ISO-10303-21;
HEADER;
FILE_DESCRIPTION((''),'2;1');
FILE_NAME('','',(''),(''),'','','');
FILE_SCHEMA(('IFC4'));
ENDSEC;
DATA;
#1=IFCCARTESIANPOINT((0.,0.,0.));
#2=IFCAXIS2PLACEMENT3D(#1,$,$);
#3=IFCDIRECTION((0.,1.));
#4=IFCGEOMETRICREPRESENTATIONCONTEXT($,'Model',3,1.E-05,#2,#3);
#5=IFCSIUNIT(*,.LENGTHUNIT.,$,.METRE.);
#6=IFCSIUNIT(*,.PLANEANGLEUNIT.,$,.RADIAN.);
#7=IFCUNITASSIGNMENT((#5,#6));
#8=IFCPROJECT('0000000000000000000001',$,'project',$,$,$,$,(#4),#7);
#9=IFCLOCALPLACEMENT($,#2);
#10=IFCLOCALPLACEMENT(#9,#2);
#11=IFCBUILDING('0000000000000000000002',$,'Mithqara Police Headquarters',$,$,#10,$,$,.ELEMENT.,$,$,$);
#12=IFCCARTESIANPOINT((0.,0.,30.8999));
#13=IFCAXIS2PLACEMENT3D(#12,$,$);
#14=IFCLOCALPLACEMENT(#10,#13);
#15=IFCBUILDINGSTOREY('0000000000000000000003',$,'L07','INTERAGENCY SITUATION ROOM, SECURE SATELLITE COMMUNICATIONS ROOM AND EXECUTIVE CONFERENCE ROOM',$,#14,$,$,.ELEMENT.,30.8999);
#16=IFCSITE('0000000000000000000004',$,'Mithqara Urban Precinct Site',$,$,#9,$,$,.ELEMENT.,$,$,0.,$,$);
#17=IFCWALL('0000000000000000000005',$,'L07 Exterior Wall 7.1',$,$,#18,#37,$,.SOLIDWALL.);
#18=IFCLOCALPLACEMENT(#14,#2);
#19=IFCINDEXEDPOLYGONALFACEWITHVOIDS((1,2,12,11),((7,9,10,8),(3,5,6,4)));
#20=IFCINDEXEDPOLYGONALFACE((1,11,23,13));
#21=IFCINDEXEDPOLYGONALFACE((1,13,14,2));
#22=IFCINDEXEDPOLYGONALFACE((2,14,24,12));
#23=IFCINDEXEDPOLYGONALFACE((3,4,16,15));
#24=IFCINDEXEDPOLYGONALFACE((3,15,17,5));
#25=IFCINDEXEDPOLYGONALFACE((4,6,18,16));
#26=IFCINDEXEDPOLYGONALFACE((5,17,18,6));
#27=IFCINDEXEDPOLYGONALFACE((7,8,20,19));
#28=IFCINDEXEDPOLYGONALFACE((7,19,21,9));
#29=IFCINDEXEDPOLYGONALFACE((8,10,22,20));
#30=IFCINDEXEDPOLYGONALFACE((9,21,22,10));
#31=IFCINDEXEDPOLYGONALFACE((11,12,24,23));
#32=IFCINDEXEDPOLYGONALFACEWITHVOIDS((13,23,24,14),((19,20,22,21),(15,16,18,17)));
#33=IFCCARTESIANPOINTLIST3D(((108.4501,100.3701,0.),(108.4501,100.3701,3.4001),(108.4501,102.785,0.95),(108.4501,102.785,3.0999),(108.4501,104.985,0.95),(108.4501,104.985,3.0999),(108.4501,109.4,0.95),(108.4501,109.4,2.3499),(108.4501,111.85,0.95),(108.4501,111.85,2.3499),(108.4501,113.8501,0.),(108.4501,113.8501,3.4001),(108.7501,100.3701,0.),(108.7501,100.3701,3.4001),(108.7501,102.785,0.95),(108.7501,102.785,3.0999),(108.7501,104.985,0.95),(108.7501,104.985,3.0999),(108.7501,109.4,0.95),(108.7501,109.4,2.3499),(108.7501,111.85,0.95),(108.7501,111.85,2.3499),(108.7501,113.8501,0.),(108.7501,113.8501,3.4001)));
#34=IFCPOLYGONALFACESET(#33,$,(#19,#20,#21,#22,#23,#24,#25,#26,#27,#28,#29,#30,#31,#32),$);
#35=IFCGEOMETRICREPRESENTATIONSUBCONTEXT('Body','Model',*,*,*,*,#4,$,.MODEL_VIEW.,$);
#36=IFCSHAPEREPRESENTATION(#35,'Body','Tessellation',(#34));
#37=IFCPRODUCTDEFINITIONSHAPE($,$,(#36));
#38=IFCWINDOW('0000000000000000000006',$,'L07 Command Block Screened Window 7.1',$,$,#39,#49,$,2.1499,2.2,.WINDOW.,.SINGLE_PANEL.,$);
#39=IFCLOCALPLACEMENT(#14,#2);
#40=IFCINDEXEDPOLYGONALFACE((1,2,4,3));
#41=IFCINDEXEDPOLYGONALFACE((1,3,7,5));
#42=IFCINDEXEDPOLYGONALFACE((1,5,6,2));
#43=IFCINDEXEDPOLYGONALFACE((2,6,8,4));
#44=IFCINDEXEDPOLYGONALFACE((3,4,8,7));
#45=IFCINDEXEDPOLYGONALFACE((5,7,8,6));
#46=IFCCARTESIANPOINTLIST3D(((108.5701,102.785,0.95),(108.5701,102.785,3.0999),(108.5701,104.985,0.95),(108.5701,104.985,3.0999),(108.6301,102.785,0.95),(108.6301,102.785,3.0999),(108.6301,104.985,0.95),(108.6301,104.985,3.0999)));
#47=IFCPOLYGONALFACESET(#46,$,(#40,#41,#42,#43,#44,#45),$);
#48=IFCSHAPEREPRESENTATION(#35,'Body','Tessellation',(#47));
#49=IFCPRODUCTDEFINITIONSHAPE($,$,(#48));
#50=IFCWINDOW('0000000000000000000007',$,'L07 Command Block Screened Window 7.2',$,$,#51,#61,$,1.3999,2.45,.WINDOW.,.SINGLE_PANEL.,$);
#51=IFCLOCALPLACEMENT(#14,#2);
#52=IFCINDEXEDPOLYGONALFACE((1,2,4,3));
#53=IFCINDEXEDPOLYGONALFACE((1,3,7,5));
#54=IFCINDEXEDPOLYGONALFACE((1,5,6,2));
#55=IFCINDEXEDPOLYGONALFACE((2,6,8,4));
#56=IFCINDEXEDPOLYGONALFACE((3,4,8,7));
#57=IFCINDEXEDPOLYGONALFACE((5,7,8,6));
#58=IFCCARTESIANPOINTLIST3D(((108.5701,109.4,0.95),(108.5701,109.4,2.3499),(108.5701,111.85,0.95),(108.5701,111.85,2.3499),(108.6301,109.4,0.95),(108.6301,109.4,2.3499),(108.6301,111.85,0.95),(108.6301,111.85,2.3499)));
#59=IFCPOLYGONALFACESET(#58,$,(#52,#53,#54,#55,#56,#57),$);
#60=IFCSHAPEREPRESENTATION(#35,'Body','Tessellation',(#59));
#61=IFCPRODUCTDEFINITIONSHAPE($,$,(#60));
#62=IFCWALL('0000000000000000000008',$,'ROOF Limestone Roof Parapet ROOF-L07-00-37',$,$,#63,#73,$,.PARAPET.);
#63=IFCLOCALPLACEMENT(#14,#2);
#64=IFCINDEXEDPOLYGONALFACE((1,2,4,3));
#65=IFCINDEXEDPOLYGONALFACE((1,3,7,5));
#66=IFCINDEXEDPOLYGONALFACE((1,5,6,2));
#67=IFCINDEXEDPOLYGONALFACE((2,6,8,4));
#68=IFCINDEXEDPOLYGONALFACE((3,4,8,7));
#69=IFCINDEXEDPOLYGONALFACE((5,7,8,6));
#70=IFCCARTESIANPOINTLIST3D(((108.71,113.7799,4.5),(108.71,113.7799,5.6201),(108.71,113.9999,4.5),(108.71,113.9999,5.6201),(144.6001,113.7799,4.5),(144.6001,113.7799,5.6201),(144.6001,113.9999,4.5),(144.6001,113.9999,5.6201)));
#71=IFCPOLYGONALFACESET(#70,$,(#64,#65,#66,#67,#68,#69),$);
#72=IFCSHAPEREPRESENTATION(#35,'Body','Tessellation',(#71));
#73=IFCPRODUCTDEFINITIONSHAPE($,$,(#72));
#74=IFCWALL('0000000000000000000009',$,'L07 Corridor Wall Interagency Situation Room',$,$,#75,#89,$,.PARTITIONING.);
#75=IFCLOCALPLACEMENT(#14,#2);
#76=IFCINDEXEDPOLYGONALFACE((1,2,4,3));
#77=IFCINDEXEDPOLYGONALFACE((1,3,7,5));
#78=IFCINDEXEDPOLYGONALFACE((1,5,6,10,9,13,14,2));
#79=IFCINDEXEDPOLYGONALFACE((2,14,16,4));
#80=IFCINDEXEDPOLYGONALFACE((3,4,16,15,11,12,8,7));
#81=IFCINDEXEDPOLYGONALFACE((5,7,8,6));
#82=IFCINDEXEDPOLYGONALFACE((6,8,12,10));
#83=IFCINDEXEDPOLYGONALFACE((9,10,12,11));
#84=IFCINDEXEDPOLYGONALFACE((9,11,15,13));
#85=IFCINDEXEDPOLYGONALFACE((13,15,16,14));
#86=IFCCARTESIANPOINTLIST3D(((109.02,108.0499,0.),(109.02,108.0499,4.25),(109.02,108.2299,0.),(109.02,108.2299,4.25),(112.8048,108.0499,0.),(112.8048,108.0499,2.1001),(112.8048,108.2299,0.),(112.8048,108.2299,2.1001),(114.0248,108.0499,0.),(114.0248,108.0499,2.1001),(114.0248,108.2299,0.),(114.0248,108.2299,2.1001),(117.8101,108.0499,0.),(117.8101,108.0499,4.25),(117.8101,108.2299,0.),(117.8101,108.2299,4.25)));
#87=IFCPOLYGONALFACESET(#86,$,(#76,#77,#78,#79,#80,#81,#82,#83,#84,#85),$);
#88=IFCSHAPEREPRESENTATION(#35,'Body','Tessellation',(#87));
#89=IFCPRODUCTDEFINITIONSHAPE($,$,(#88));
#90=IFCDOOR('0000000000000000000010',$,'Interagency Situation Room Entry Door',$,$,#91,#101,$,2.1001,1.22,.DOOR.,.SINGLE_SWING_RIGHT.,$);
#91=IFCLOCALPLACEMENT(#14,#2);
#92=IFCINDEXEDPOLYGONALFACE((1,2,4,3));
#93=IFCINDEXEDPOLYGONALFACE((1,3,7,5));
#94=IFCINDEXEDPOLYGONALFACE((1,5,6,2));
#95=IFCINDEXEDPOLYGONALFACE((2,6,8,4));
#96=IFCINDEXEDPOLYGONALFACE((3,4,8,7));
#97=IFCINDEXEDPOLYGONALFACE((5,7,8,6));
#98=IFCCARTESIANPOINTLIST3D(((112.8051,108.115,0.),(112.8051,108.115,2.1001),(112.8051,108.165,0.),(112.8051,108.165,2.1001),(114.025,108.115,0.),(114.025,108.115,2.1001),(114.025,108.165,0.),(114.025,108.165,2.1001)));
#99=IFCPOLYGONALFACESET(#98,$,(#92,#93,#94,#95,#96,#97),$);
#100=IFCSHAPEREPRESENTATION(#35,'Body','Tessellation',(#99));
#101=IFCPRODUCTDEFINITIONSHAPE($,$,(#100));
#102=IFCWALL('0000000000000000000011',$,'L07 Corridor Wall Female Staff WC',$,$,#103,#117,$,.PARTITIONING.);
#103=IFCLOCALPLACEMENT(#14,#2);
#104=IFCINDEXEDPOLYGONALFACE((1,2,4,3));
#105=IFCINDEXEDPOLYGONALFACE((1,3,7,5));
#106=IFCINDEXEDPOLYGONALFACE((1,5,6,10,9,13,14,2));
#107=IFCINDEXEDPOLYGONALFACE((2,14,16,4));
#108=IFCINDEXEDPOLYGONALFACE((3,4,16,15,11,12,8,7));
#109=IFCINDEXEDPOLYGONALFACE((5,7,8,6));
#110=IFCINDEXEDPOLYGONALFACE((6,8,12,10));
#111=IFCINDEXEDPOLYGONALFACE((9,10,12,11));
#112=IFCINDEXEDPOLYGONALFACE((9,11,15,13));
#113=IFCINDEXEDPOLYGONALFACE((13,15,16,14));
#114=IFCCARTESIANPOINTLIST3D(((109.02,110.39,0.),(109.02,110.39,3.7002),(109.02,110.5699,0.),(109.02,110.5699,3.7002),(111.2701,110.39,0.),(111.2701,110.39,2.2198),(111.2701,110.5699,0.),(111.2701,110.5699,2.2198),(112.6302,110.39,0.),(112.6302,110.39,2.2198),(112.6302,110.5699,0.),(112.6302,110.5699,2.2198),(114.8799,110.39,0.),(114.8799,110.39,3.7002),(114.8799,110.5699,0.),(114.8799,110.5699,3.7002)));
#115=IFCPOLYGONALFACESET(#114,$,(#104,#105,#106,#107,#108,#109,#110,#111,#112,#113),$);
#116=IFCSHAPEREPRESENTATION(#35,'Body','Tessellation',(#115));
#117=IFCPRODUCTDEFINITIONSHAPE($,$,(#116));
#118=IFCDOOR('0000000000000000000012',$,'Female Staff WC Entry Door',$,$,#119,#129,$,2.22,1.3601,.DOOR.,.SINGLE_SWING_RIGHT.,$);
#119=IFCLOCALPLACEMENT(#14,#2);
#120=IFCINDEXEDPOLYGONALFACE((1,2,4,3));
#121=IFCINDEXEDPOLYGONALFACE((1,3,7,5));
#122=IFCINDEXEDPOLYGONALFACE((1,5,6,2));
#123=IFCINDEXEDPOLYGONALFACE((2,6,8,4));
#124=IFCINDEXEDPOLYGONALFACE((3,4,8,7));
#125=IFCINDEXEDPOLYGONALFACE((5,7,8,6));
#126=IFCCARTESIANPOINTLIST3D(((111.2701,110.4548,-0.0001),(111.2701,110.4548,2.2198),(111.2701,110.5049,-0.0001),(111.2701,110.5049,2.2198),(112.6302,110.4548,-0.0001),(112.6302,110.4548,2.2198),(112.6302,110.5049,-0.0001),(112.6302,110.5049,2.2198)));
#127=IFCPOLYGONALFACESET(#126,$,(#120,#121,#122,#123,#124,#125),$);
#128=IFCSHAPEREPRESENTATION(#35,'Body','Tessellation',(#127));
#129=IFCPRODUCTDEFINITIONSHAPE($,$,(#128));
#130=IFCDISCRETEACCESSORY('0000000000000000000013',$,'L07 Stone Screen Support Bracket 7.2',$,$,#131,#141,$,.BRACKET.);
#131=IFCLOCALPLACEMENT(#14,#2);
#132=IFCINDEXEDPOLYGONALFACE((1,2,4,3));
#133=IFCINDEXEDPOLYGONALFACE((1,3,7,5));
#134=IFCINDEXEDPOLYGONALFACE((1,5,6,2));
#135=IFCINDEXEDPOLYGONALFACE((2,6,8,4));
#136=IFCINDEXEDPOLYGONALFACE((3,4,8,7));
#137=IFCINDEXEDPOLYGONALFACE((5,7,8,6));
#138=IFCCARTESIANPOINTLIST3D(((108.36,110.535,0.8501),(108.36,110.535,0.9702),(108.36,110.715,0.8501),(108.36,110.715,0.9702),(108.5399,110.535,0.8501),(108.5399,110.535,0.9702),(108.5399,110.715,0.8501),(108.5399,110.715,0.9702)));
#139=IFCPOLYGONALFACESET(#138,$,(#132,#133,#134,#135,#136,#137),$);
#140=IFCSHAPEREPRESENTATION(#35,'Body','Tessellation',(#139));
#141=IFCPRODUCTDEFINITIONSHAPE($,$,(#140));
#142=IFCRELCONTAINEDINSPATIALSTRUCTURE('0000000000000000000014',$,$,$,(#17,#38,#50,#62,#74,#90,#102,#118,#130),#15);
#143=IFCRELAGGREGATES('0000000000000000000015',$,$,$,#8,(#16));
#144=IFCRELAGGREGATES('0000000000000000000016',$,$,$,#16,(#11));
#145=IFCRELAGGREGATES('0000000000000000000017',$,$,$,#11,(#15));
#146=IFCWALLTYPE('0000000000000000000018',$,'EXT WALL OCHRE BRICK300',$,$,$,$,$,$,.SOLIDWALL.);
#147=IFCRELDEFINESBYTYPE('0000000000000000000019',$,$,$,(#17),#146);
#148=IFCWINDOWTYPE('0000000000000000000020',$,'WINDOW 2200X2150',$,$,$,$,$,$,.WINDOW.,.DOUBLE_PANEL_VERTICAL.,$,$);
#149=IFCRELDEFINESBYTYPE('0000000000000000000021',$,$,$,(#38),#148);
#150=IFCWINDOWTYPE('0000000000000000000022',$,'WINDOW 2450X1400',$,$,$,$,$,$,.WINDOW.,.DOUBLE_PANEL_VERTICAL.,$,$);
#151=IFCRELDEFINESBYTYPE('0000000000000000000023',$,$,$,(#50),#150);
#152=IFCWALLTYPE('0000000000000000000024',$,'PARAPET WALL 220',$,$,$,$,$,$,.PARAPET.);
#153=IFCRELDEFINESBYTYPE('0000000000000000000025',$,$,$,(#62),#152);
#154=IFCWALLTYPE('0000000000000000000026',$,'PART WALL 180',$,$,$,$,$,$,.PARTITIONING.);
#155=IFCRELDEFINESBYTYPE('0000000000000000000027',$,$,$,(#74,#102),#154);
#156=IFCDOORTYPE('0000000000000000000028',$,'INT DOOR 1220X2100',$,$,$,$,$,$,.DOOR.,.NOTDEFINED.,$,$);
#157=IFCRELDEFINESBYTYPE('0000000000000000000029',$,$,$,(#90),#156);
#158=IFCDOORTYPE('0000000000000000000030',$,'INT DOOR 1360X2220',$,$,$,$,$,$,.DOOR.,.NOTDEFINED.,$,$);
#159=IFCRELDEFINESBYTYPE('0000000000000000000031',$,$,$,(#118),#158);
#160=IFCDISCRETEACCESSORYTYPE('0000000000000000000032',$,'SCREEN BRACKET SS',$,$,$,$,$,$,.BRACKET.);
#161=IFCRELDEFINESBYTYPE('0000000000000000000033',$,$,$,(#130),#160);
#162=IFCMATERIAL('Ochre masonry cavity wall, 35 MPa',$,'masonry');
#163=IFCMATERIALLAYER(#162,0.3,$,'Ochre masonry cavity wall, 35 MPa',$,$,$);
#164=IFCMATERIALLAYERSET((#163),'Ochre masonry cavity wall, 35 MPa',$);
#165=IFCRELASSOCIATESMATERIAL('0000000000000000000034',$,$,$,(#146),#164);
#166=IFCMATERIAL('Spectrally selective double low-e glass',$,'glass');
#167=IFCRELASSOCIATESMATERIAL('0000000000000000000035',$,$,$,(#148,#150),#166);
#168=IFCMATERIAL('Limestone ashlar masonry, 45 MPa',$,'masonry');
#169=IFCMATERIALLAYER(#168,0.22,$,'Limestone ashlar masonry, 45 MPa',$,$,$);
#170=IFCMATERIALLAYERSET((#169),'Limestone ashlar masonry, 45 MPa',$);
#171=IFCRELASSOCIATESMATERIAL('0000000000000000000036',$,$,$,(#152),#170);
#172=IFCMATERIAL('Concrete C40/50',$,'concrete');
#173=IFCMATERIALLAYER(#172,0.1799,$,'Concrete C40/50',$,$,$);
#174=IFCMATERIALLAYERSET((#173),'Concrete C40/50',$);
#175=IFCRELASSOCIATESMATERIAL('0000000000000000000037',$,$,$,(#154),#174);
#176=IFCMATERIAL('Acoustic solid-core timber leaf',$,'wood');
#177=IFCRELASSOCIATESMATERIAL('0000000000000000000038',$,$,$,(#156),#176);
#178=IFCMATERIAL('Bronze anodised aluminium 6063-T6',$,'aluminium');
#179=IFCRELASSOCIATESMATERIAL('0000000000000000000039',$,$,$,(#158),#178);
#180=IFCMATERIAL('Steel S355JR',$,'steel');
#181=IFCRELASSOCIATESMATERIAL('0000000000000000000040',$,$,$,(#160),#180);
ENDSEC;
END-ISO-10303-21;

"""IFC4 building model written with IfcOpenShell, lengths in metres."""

from ifc_helpers import new_model, si_unit, direction, frame, frame_2d, origin, origin_2d, place, context, subcontext, project, spatial, rectangle, extrude, material, layer, layer_set, type_object, element, fill, save


model = new_model("IFC4")

# Units and contexts
model_context = context("Model", 3, precision=1e-05, world=origin(), true_north=direction((0.0, 1.0)))
body_context = subcontext(model_context, "Body", "Model", "MODEL_VIEW")
ifc_project = project(units=[si_unit("LENGTHUNIT", "METRE"), si_unit("PLANEANGLEUNIT", "RADIAN")], contexts=[model_context])

# Site, building, storey
site_placement = place(None, origin())
site = spatial("IfcSite", under=ifc_project, at=site_placement, Name="Mithqara Urban Precinct Site", CompositionType="ELEMENT", RefElevation=0.0)
building_placement = place(site_placement, origin())
building = spatial("IfcBuilding", under=site, at=building_placement, Name="Mithqara Police Headquarters", CompositionType="ELEMENT")
storey_placement = place(building_placement, frame((0.0, 0.0, 30.8999)))
storey = spatial("IfcBuildingStorey", under=building, at=storey_placement, Name="L07", Description="INTERAGENCY SITUATION ROOM, SECURE SATELLITE COMMUNICATIONS ROOM AND EXECUTIVE CONFERENCE ROOM", CompositionType="ELEMENT", Elevation=30.8999)

# Shared definitions
ifc_material_1 = material(Name="Steel S355JR", Category="steel")
ifc_material_2 = material(Name="Concrete C40/50", Category="concrete")

# Shared definitions
ifc_material_3 = material(Name="Limestone ashlar masonry, 45 MPa", Category="masonry")

# Wall, openings, windows
ifc_material_4 = material(Name="Ochre masonry cavity wall, 35 MPa", Category="masonry")
ifc_layer_1 = layer(ifc_material_4, 0.3, Name="Ochre masonry cavity wall, 35 MPa")
ifc_layer_set_1 = layer_set([ifc_layer_1], Name="Ochre masonry cavity wall, 35 MPa")
wall_type_1 = type_object("IfcWallType", Name="EXT WALL OCHRE BRICK300", PredefinedType="SOLIDWALL", material=ifc_layer_set_1)
wall_1_placement = place(storey_placement, frame((108.6001, 113.8501, 0.0), z_axis=(0.0, 0.0, 1.0), x_axis=(0.0, -1.0, 0.0)))
wall_1 = element("IfcWall", 1, at=wall_1_placement, inside=storey, type_object=wall_type_1, Name="L07 Exterior Wall 7.1", PredefinedType="SOLIDWALL", context=body_context, shape_type="SweptSolid", body=[
    extrude(rectangle(XDim=13.48, YDim=0.3, at=frame_2d((6.74, 0.0))), origin(), (0.0, 0.0, 1.0), 3.4001),
])
opening_1_placement = place(wall_1_placement, frame((8.865, 0.0, 0.95)))
opening_1 = element("IfcOpeningElement", 2, at=opening_1_placement, cuts=wall_1, PredefinedType="OPENING", context=body_context, shape_type="SweptSolid", body=[
    extrude(rectangle(XDim=2.2, YDim=2.1499, at=frame_2d((1.1001, 1.075))), frame((0.0, 0.1602, 0.0), z_axis=(0.0, -1.0, 0.0), x_axis=(1.0, 0.0, 0.0)), (0.0, 0.0, 1.0), 0.3201),
])
opening_2_placement = place(wall_1_placement, frame((2.0, 0.0, 0.95)))
opening_2 = element("IfcOpeningElement", 3, at=opening_2_placement, cuts=wall_1, PredefinedType="OPENING", context=body_context, shape_type="SweptSolid", body=[
    extrude(rectangle(XDim=2.45, YDim=1.3999, at=frame_2d((1.2251, 0.7))), frame((0.0, 0.1602, 0.0), z_axis=(0.0, -1.0, 0.0), x_axis=(1.0, 0.0, 0.0)), (0.0, 0.0, 1.0), 0.3201),
])
ifc_material_5 = material(Name="Spectrally selective double low-e glass", Category="glass")
window_type_1 = type_object("IfcWindowType", Name="WINDOW 2200X2150", PartitioningType="DOUBLE_PANEL_VERTICAL", PredefinedType="WINDOW", material=ifc_material_5)
window_1_placement = place(opening_1_placement, origin())
window_1 = element("IfcWindow", 4, at=window_1_placement, inside=storey, type_object=window_type_1, Name="L07 Command Block Screened Window 7.1", OverallHeight=2.1499, OverallWidth=2.2, PartitioningType="SINGLE_PANEL", PredefinedType="WINDOW", context=body_context, shape_type="SweptSolid", body=[
    extrude(rectangle(XDim=2.2, YDim=2.1499, at=frame_2d((1.1001, 1.075))), frame((0.0, 0.03, 0.0), z_axis=(0.0, -1.0, 0.0), x_axis=(1.0, 0.0, 0.0)), (0.0, 0.0, 1.0), 0.0601),
])
fill(opening_1, window_1)
window_type_2 = type_object("IfcWindowType", Name="WINDOW 2450X1400", PartitioningType="DOUBLE_PANEL_VERTICAL", PredefinedType="WINDOW", material=ifc_material_5)
window_2_placement = place(opening_2_placement, origin())
window_2 = element("IfcWindow", 5, at=window_2_placement, inside=storey, type_object=window_type_2, Name="L07 Command Block Screened Window 7.2", OverallHeight=1.3999, OverallWidth=2.45, PartitioningType="SINGLE_PANEL", PredefinedType="WINDOW", context=body_context, shape_type="SweptSolid", body=[
    extrude(rectangle(XDim=2.45, YDim=1.3999, at=frame_2d((1.2251, 0.7))), frame((0.0, 0.03, 0.0), z_axis=(0.0, -1.0, 0.0), x_axis=(1.0, 0.0, 0.0)), (0.0, 0.0, 1.0), 0.0601),
])
fill(opening_2, window_2)

# Wall
ifc_layer_2 = layer(ifc_material_3, 0.22, Name="Limestone ashlar masonry, 45 MPa")
ifc_layer_set_2 = layer_set([ifc_layer_2], Name="Limestone ashlar masonry, 45 MPa")
wall_type_2 = type_object("IfcWallType", Name="PARAPET WALL 220", PredefinedType="PARAPET", material=ifc_layer_set_2)
wall_2_placement = place(storey_placement, frame((108.71, 113.8899, 4.5), z_axis=(0.0, 0.0, 1.0), x_axis=(1.0, 0.0, 0.0)))
element("IfcWall", 6, at=wall_2_placement, inside=storey, type_object=wall_type_2, Name="ROOF Limestone Roof Parapet ROOF-L07-00-37", PredefinedType="PARAPET", context=body_context, shape_type="SweptSolid", body=[
    extrude(rectangle(XDim=35.8901, YDim=0.22, at=frame_2d((17.9451, 0.0))), origin(), (0.0, 0.0, 1.0), 1.1201),
])

# Walls, openings, doors
ifc_layer_3 = layer(ifc_material_2, 0.1799, Name="Concrete C40/50")
ifc_layer_set_3 = layer_set([ifc_layer_3], Name="Concrete C40/50")
wall_type_3 = type_object("IfcWallType", Name="PART WALL 180", PredefinedType="PARTITIONING", material=ifc_layer_set_3)
wall_3_placement = place(storey_placement, frame((109.02, 108.1399, 0.0), z_axis=(0.0, 0.0, 1.0), x_axis=(1.0, 0.0, 0.0)))
wall_3 = element("IfcWall", 7, at=wall_3_placement, inside=storey, type_object=wall_type_3, Name="L07 Corridor Wall Interagency Situation Room", PredefinedType="PARTITIONING", context=body_context, shape_type="SweptSolid", body=[
    extrude(rectangle(XDim=8.79, YDim=0.1799, at=frame_2d((4.395, 0.0))), origin(), (0.0, 0.0, 1.0), 4.25),
])
opening_3_placement = place(wall_3_placement, frame((3.7849, 0.0, 0.0)))
opening_3 = element("IfcOpeningElement", 8, at=opening_3_placement, cuts=wall_3, PredefinedType="OPENING", context=body_context, shape_type="SweptSolid", body=[
    extrude(rectangle(XDim=1.22, YDim=2.1001, at=frame_2d((0.6099, 1.05))), frame((0.0, 0.1001, 0.0), z_axis=(0.0, -1.0, 0.0), x_axis=(1.0, 0.0, 0.0)), (0.0, 0.0, 1.0), 0.2),
])
ifc_material_6 = material(Name="Acoustic solid-core timber leaf", Category="wood")
door_type_1 = type_object("IfcDoorType", Name="INT DOOR 1220X2100", OperationType="NOTDEFINED", PredefinedType="DOOR", material=ifc_material_6)
door_1_placement = place(opening_3_placement, frame((1.22, 0.0, 0.0), z_axis=(0.0, 0.0, 1.0), x_axis=(-1.0, 0.0, 0.0)))
door_1 = element("IfcDoor", 9, at=door_1_placement, inside=storey, type_object=door_type_1, Name="Interagency Situation Room Entry Door", OperationType="SINGLE_SWING_RIGHT", OverallHeight=2.1001, OverallWidth=1.22, PredefinedType="DOOR", context=body_context, shape_type="SweptSolid", body=[
    extrude(rectangle(XDim=1.22, YDim=2.1001, at=frame_2d((0.6099, 1.05))), frame((0.0, 0.0249, 0.0), z_axis=(0.0, -1.0, 0.0), x_axis=(1.0, 0.0, 0.0)), (0.0, 0.0, 1.0), 0.05),
])
fill(opening_3, door_1)
wall_4_placement = place(storey_placement, frame((109.02, 110.48, 0.0), z_axis=(0.0, 0.0, 1.0), x_axis=(1.0, 0.0, 0.0)))
wall_4 = element("IfcWall", 10, at=wall_4_placement, inside=storey, type_object=wall_type_3, Name="L07 Corridor Wall Female Staff WC", PredefinedType="PARTITIONING", context=body_context, shape_type="SweptSolid", body=[
    extrude(rectangle(XDim=5.8599, YDim=0.1799, at=frame_2d((2.9299, 0.0))), origin(), (0.0, 0.0, 1.0), 3.7002),
])
opening_4_placement = place(wall_4_placement, frame((2.25, 0.0, 0.0)))
opening_4 = element("IfcOpeningElement", 11, at=opening_4_placement, cuts=wall_4, PredefinedType="OPENING", context=body_context, shape_type="SweptSolid", body=[
    extrude(rectangle(XDim=1.3601, YDim=2.22, at=frame_2d((0.6802, 1.1099))), frame((0.0, 0.1001, 0.0), z_axis=(0.0, -1.0, 0.0), x_axis=(1.0, 0.0, 0.0)), (0.0, 0.0, 1.0), 0.2),
])
ifc_material_7 = material(Name="Bronze anodised aluminium 6063-T6", Category="aluminium")
door_type_2 = type_object("IfcDoorType", Name="INT DOOR 1360X2220", OperationType="NOTDEFINED", PredefinedType="DOOR", material=ifc_material_7)
door_2_placement = place(opening_4_placement, origin())
door_2 = element("IfcDoor", 12, at=door_2_placement, inside=storey, type_object=door_type_2, Name="Female Staff WC Entry Door", OperationType="SINGLE_SWING_RIGHT", OverallHeight=2.22, OverallWidth=1.3601, PredefinedType="DOOR", context=body_context, shape_type="SweptSolid", body=[
    extrude(rectangle(XDim=1.3601, YDim=2.22, at=frame_2d((0.6802, 1.1099))), frame((0.0, 0.0249, 0.0), z_axis=(0.0, -1.0, 0.0), x_axis=(1.0, 0.0, 0.0)), (0.0, 0.0, 1.0), 0.05),
])
fill(opening_4, door_2)

# Discrete accessory
discrete_accessory_type = type_object("IfcDiscreteAccessoryType", Name="SCREEN BRACKET SS", PredefinedType="BRACKET", material=ifc_material_1)
discrete_accessory_placement = place(storey_placement, frame((108.45, 110.625, 0.8501), z_axis=(0.0, 0.0, 1.0), x_axis=(0.0, 1.0, 0.0)))
element("IfcDiscreteAccessory", 13, at=discrete_accessory_placement, inside=storey, type_object=discrete_accessory_type, Name="L07 Stone Screen Support Bracket 7.2", PredefinedType="BRACKET", context=body_context, shape_type="SweptSolid", body=[
    extrude(rectangle(XDim=0.1799, YDim=0.1799, at=origin_2d()), origin(), (0.0, 0.0, 1.0), 0.1201),
])

save(model, "model.ifc")
